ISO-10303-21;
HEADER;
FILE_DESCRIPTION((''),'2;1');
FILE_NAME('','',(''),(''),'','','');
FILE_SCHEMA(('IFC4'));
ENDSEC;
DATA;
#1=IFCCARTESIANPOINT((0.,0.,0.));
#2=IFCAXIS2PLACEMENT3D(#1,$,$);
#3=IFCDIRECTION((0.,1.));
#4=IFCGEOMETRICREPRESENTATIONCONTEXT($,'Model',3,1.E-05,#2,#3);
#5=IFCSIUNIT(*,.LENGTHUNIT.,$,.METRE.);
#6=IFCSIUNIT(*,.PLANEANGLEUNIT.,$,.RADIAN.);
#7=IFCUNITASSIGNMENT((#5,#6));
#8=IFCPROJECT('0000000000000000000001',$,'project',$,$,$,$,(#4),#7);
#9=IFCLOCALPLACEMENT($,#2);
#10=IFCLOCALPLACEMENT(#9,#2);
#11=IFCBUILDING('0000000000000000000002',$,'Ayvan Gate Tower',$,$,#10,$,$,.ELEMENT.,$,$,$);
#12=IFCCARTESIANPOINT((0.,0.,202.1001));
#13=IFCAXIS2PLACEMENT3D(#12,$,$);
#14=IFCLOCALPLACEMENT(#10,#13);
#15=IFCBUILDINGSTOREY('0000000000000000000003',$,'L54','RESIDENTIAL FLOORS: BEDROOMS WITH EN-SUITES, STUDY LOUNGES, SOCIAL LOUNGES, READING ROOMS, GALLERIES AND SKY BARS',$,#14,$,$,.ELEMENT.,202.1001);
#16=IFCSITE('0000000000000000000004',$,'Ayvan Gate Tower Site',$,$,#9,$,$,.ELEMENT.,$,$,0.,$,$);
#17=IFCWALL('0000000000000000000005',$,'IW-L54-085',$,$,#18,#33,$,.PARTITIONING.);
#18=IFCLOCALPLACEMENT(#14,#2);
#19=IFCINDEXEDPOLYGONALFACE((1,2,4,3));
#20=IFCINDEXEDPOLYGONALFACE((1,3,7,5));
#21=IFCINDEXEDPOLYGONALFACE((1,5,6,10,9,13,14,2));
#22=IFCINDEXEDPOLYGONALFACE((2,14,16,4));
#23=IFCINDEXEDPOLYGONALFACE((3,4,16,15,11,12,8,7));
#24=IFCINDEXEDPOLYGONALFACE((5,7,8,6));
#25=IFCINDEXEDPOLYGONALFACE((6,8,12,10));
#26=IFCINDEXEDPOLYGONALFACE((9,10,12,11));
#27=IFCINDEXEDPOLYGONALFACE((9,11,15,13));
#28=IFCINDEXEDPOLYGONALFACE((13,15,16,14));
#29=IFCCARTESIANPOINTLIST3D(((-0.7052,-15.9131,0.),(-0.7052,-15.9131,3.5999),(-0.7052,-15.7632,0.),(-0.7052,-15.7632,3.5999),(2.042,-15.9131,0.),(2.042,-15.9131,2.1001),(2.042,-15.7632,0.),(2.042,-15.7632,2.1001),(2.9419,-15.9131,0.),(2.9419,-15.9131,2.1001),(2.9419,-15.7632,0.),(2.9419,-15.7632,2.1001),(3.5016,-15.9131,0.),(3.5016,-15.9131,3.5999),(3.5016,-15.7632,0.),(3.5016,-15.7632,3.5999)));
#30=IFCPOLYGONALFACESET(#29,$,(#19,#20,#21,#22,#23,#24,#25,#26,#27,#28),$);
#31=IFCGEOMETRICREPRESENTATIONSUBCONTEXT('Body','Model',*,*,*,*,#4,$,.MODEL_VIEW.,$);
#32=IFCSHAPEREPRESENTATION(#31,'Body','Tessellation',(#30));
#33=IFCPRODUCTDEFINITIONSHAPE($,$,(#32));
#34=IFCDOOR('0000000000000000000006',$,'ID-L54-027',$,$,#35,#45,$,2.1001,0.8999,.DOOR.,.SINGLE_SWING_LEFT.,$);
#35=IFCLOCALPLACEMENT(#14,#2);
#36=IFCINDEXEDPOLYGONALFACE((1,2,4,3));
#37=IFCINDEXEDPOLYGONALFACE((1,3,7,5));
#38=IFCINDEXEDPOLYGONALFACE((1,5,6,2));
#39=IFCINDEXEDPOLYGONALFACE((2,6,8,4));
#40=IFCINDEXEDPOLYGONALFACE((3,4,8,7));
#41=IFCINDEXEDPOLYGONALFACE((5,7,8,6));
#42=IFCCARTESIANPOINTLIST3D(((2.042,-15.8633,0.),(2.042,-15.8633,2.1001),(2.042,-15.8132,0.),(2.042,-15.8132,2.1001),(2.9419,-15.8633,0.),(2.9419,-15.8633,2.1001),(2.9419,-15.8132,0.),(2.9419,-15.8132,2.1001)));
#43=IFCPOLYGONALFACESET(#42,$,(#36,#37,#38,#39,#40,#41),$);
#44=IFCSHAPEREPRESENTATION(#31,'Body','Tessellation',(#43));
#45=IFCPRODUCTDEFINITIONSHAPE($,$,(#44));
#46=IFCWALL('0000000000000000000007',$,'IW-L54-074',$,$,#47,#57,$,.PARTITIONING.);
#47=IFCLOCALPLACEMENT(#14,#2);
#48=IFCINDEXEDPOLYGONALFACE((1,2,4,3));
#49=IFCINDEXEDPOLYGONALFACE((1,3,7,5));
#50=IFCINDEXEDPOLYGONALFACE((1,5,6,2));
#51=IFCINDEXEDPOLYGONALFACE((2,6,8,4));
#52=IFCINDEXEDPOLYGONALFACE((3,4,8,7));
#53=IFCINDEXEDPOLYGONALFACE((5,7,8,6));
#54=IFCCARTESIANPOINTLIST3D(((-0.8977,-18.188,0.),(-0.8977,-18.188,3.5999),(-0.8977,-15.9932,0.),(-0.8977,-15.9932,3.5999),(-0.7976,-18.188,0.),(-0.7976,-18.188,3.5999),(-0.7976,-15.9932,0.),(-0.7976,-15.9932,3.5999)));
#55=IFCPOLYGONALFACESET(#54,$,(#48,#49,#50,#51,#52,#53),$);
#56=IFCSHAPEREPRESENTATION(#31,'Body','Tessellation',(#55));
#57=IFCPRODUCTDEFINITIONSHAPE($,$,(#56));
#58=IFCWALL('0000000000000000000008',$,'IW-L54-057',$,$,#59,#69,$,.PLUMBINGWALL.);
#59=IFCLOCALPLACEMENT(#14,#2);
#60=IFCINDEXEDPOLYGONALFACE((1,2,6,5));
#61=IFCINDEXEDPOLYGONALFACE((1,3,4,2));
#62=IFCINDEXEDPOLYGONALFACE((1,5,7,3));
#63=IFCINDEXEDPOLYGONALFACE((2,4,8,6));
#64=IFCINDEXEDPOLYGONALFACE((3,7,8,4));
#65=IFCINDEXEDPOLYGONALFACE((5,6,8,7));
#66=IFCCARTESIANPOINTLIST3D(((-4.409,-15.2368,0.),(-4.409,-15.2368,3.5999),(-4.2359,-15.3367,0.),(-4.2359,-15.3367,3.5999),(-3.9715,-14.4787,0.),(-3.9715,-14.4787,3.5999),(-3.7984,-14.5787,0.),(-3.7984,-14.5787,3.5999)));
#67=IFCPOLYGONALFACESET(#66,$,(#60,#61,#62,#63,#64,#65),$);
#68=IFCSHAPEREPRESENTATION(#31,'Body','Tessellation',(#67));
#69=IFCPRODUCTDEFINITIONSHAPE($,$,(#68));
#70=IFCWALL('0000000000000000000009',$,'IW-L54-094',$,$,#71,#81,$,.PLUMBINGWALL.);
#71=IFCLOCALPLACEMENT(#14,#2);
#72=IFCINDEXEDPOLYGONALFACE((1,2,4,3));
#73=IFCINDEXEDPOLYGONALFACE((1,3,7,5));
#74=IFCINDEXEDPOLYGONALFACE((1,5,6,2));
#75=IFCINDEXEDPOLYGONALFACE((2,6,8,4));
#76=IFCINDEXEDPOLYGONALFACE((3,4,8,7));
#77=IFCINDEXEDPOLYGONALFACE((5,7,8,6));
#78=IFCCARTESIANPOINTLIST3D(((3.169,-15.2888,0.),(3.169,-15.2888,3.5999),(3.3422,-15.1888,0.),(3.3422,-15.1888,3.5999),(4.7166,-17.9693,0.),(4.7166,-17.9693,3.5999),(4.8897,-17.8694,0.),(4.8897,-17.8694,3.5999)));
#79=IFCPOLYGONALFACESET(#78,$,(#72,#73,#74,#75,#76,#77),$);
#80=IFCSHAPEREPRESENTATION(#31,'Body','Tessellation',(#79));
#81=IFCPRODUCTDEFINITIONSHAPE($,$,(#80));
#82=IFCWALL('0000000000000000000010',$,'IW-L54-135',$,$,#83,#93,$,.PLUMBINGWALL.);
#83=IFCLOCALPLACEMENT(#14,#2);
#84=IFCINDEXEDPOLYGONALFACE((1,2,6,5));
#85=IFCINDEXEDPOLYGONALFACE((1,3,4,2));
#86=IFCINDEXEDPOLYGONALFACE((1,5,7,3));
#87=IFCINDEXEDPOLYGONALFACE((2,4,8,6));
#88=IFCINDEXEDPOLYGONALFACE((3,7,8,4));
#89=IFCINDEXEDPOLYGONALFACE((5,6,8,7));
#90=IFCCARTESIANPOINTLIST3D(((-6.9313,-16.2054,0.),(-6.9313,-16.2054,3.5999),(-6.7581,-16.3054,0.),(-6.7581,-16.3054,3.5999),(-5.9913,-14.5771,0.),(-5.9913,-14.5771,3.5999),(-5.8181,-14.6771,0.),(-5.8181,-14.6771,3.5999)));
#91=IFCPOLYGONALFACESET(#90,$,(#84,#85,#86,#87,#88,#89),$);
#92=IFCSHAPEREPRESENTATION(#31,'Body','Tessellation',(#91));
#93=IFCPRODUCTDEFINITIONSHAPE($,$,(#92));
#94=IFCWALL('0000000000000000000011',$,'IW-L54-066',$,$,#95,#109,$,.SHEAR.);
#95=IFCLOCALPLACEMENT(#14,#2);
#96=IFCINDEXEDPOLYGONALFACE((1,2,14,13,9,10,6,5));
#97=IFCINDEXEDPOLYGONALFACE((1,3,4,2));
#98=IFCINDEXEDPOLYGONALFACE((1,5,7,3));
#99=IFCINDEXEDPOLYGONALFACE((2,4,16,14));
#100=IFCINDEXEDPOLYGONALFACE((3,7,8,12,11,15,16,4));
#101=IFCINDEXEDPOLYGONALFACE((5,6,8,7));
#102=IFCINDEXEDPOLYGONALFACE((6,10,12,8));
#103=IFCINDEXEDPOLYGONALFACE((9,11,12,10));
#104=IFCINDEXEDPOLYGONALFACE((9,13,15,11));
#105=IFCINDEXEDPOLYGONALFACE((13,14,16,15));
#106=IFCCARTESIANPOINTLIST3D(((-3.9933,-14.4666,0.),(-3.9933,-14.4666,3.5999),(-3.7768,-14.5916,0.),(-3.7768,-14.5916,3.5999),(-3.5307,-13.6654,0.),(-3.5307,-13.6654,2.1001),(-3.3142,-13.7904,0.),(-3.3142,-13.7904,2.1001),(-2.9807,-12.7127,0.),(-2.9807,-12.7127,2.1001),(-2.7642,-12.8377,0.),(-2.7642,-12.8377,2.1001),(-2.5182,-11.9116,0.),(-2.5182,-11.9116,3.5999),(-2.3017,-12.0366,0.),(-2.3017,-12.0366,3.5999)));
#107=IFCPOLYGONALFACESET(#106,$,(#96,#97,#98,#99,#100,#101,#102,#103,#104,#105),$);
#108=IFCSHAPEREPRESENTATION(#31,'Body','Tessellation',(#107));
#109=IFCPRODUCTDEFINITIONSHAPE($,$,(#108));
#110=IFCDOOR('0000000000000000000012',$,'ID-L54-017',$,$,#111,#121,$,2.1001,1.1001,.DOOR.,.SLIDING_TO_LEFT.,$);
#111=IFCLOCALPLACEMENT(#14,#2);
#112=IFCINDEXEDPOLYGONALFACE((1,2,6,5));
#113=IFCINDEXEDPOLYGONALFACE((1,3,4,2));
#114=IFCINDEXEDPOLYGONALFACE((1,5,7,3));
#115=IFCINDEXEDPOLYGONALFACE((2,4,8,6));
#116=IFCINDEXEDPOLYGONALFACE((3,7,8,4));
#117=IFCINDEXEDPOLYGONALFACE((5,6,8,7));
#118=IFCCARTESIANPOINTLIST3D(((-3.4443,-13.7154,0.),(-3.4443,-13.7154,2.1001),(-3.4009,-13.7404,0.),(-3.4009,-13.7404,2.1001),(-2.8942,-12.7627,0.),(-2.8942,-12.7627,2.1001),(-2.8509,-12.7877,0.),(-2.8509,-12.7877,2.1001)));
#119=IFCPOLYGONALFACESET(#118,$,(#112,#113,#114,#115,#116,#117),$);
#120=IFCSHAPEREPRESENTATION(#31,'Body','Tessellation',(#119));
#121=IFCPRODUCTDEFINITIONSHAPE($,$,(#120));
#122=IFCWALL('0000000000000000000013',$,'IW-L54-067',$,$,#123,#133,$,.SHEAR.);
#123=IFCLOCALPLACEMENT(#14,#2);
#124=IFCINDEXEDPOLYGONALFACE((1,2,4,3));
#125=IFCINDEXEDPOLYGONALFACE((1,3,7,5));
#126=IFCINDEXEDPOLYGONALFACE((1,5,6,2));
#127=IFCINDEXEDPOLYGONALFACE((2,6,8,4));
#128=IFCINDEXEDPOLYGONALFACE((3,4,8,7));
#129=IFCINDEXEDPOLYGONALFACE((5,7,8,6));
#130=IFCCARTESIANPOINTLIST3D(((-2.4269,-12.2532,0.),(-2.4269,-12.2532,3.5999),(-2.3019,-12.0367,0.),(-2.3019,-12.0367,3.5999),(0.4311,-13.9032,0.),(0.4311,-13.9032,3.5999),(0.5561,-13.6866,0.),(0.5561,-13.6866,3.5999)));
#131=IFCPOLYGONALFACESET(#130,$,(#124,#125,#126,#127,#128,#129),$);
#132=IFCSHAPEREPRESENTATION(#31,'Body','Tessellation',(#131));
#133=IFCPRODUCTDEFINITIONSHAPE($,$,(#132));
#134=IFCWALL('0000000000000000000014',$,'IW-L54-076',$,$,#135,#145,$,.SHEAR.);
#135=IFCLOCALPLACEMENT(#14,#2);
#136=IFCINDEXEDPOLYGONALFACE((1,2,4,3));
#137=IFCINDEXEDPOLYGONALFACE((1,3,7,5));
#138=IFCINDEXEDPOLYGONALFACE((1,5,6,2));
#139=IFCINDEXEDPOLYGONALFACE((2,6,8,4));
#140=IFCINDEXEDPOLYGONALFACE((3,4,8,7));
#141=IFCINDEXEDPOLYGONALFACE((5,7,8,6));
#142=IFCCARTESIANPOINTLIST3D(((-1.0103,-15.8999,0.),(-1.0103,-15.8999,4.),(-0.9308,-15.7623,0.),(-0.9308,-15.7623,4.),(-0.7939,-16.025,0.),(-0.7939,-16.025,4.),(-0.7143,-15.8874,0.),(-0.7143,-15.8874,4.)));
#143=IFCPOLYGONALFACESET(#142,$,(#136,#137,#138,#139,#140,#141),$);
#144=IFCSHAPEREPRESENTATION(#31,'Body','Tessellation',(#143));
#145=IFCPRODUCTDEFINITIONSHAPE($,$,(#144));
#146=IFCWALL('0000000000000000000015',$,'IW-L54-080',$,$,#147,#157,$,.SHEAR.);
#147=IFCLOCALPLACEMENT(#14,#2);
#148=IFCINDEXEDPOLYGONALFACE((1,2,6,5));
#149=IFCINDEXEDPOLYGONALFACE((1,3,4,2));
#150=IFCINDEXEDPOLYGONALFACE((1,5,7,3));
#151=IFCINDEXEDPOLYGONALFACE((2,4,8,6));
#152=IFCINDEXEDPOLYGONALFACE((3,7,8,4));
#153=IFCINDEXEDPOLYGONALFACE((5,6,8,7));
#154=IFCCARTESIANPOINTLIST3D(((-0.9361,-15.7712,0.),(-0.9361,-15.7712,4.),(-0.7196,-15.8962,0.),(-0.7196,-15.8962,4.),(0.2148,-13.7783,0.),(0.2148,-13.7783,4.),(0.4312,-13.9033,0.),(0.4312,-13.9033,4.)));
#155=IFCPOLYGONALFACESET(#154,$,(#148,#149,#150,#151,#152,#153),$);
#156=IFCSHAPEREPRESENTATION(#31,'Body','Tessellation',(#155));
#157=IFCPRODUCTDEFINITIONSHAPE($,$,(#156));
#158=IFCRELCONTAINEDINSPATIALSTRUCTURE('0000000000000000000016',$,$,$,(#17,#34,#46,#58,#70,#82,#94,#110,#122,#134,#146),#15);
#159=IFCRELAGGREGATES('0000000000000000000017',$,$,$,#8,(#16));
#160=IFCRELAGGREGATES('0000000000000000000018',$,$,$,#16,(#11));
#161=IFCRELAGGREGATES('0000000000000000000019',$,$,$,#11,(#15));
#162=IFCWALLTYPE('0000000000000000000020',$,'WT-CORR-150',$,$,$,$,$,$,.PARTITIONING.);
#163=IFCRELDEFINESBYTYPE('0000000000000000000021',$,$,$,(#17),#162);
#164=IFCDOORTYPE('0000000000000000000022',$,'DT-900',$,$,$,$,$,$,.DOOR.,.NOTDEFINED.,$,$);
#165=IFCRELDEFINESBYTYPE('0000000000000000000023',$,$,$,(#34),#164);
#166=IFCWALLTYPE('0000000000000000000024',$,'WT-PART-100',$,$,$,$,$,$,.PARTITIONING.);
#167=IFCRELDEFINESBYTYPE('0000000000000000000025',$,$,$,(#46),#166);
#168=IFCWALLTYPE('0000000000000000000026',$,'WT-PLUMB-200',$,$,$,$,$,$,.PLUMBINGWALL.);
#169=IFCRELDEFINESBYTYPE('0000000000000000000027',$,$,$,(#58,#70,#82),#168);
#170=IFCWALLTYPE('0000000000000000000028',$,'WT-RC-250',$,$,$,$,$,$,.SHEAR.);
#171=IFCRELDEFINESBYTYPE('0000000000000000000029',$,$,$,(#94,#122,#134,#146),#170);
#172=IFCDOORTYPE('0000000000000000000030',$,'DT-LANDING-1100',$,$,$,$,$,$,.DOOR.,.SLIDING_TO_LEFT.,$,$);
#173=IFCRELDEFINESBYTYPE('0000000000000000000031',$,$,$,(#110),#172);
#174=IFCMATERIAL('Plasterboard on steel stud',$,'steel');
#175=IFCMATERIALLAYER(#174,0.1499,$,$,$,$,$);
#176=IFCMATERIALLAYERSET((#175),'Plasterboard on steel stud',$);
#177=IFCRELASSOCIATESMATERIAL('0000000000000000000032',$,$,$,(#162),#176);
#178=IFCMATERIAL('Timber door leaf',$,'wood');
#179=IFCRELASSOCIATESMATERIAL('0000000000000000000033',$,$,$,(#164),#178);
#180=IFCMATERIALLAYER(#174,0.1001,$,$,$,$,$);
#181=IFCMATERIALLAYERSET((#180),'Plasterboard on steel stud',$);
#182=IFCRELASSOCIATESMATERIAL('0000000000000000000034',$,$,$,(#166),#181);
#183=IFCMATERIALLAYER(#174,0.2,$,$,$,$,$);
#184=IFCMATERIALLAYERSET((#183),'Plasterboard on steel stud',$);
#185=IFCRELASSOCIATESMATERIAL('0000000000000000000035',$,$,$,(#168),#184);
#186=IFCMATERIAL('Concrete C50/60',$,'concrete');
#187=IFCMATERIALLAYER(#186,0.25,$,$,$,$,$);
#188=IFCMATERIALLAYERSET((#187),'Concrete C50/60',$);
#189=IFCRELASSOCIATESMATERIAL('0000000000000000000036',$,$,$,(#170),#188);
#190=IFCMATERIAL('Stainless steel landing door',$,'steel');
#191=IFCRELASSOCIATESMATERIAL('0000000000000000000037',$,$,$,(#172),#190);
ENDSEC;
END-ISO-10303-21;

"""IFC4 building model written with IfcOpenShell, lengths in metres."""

from ifc_helpers import new_model, si_unit, direction, frame, frame_2d, origin, place, context, subcontext, project, spatial, rectangle, extrude, material, layer, layer_set, type_object, element, fill, save


model = new_model("IFC4")

# Units and contexts
model_context = context("Model", 3, precision=1e-05, world=origin(), true_north=direction((0.0, 1.0)))
body_context = subcontext(model_context, "Body", "Model", "MODEL_VIEW")
ifc_project = project(units=[si_unit("LENGTHUNIT", "METRE"), si_unit("PLANEANGLEUNIT", "RADIAN")], contexts=[model_context])

# Site, building, storey
site_placement = place(None, origin())
site = spatial("IfcSite", under=ifc_project, at=site_placement, Name="Ayvan Gate Tower Site", CompositionType="ELEMENT", RefElevation=0.0)
building_placement = place(site_placement, origin())
building = spatial("IfcBuilding", under=site, at=building_placement, Name="Ayvan Gate Tower", CompositionType="ELEMENT")
storey_placement = place(building_placement, frame((0.0, 0.0, 202.1001)))
storey = spatial("IfcBuildingStorey", under=building, at=storey_placement, Name="L54", Description="RESIDENTIAL FLOORS: BEDROOMS WITH EN-SUITES, STUDY LOUNGES, SOCIAL LOUNGES, READING ROOMS, GALLERIES AND SKY BARS", CompositionType="ELEMENT", Elevation=202.1001)

# Wall, opening, door
ifc_material_1 = material(Name="Plasterboard on steel stud", Category="steel")
ifc_layer_1 = layer(ifc_material_1, 0.1499)
ifc_layer_set_1 = layer_set([ifc_layer_1], Name="Plasterboard on steel stud")
wall_type_1 = type_object("IfcWallType", Name="WT-CORR-150", PredefinedType="PARTITIONING", material=ifc_layer_set_1)
wall_1_placement = place(storey_placement, frame((-0.7053, -15.8381, 0.0), z_axis=(0.0, 0.0, 1.0), x_axis=(1.0, 0.0, 0.0)))
wall_1 = element("IfcWall", 1, at=wall_1_placement, inside=storey, type_object=wall_type_1, Name="IW-L54-085", PredefinedType="PARTITIONING", context=body_context, shape_type="SweptSolid", body=[
    extrude(rectangle(XDim=4.2068, YDim=0.1499, at=frame_2d((2.1035, 0.0))), origin(), (0.0, 0.0, 1.0), 3.5999),
])
opening_1_placement = place(wall_1_placement, frame((2.7473, 0.0, 0.0)))
opening_1 = element("IfcOpeningElement", 2, at=opening_1_placement, cuts=wall_1, PredefinedType="OPENING", context=body_context, shape_type="SweptSolid", body=[
    extrude(rectangle(XDim=0.8999, YDim=2.1001, at=frame_2d((0.45, 1.05))), frame((0.0, 0.085, 0.0), z_axis=(0.0, -1.0, 0.0), x_axis=(1.0, 0.0, 0.0)), (0.0, 0.0, 1.0), 0.1699),
])
ifc_material_2 = material(Name="Timber door leaf", Category="wood")
door_type_1 = type_object("IfcDoorType", Name="DT-900", OperationType="NOTDEFINED", PredefinedType="DOOR", material=ifc_material_2)
door_1_placement = place(opening_1_placement, origin())
door_1 = element("IfcDoor", 3, at=door_1_placement, inside=storey, type_object=door_type_1, Name="ID-L54-027", OperationType="SINGLE_SWING_LEFT", OverallHeight=2.1001, OverallWidth=0.8999, PredefinedType="DOOR", context=body_context, shape_type="SweptSolid", body=[
    extrude(rectangle(XDim=0.8999, YDim=2.1001, at=frame_2d((0.45, 1.05))), frame((0.0, 0.0249, 0.0), z_axis=(0.0, -1.0, 0.0), x_axis=(1.0, 0.0, 0.0)), (0.0, 0.0, 1.0), 0.05),
])
fill(opening_1, door_1)

# Walls
ifc_layer_2 = layer(ifc_material_1, 0.1001)
ifc_layer_set_2 = layer_set([ifc_layer_2], Name="Plasterboard on steel stud")
wall_type_2 = type_object("IfcWallType", Name="WT-PART-100", PredefinedType="PARTITIONING", material=ifc_layer_set_2)
wall_2_placement = place(storey_placement, frame((-0.8477, -15.9932, 0.0), z_axis=(0.0, 0.0, 1.0), x_axis=(0.0, -1.0, 0.0)))
element("IfcWall", 4, at=wall_2_placement, inside=storey, type_object=wall_type_2, Name="IW-L54-074", PredefinedType="PARTITIONING", context=body_context, shape_type="SweptSolid", body=[
    extrude(rectangle(XDim=2.1948, YDim=0.1001, at=frame_2d((1.0974, 0.0))), origin(), (0.0, 0.0, 1.0), 3.5999),
])
ifc_layer_3 = layer(ifc_material_1, 0.2)
ifc_layer_set_3 = layer_set([ifc_layer_3], Name="Plasterboard on steel stud")
wall_type_3 = type_object("IfcWallType", Name="WT-PLUMB-200", PredefinedType="PLUMBINGWALL", material=ifc_layer_set_3)
wall_3_placement = place(storey_placement, frame((-3.885, -14.5288, 0.0), z_axis=(0.0, 0.0, 1.0), x_axis=(-0.499859, -0.866107, 0.0)))
element("IfcWall", 5, at=wall_3_placement, inside=storey, type_object=wall_type_3, Name="IW-L54-057", PredefinedType="PLUMBINGWALL", context=body_context, shape_type="SweptSolid", body=[
    extrude(rectangle(XDim=0.8752, YDim=0.2, at=frame_2d((0.4375, 0.0))), origin(), (0.0, 0.0, 1.0), 3.5999),
])
wall_4_placement = place(storey_placement, frame((3.2556, -15.2388, 0.0), z_axis=(0.0, 0.0, 1.0), x_axis=(0.499982, -0.866036, 0.0)))
element("IfcWall", 6, at=wall_4_placement, inside=storey, type_object=wall_type_3, Name="IW-L54-094", PredefinedType="PLUMBINGWALL", context=body_context, shape_type="SweptSolid", body=[
    extrude(rectangle(XDim=3.0952, YDim=0.2, at=frame_2d((1.5476, 0.0))), origin(), (0.0, 0.0, 1.0), 3.5999),
])
wall_5_placement = place(storey_placement, frame((-5.9048, -14.6272, 0.0), z_axis=(0.0, 0.0, 1.0), x_axis=(-0.499966, -0.866045, 0.0)))
element("IfcWall", 7, at=wall_5_placement, inside=storey, type_object=wall_type_3, Name="IW-L54-135", PredefinedType="PLUMBINGWALL", context=body_context, shape_type="SweptSolid", body=[
    extrude(rectangle(XDim=1.8801, YDim=0.2, at=frame_2d((0.9399, 0.0))), origin(), (0.0, 0.0, 1.0), 3.5999),
])

# Wall, opening, door
ifc_material_3 = material(Name="Concrete C50/60", Category="concrete")
ifc_layer_4 = layer(ifc_material_3, 0.25)
ifc_layer_set_4 = layer_set([ifc_layer_4], Name="Concrete C50/60")
wall_type_4 = type_object("IfcWallType", Name="WT-RC-250", PredefinedType="SHEAR", material=ifc_layer_set_4)
wall_6_placement = place(storey_placement, frame((-2.4099, -11.9741, 0.0), z_axis=(0.0, 0.0, 1.0), x_axis=(-0.500002, -0.866024, 0.0)))
wall_6 = element("IfcWall", 8, at=wall_6_placement, inside=storey, type_object=wall_type_4, Name="IW-L54-066", PredefinedType="SHEAR", context=body_context, shape_type="SweptSolid", body=[
    extrude(rectangle(XDim=2.9502, YDim=0.25, at=frame_2d((1.4751, 0.0))), origin(), (0.0, 0.0, 1.0), 3.5999),
])
opening_2_placement = place(wall_6_placement, frame((0.925, 0.0, 0.0)))
opening_2 = element("IfcOpeningElement", 9, at=opening_2_placement, cuts=wall_6, PredefinedType="OPENING", context=body_context, shape_type="SweptSolid", body=[
    extrude(rectangle(XDim=1.1001, YDim=2.1001, at=frame_2d((0.55, 1.05))), frame((0.0, 0.135, 0.0), z_axis=(0.0, -1.0, 0.0), x_axis=(1.0, 0.0, 0.0)), (0.0, 0.0, 1.0), 0.27),
])
ifc_material_4 = material(Name="Stainless steel landing door", Category="steel")
door_type_2 = type_object("IfcDoorType", Name="DT-LANDING-1100", OperationType="SLIDING_TO_LEFT", PredefinedType="DOOR", material=ifc_material_4)
door_2_placement = place(opening_2_placement, origin())
door_2 = element("IfcDoor", 10, at=door_2_placement, inside=storey, type_object=door_type_2, Name="ID-L54-017", OperationType="SLIDING_TO_LEFT", OverallHeight=2.1001, OverallWidth=1.1001, PredefinedType="DOOR", context=body_context, shape_type="SweptSolid", body=[
    extrude(rectangle(XDim=1.1001, YDim=2.1001, at=frame_2d((0.55, 1.05))), frame((0.0, 0.0249, 0.0), z_axis=(0.0, -1.0, 0.0), x_axis=(1.0, 0.0, 0.0)), (0.0, 0.0, 1.0), 0.05),
])
fill(opening_2, door_2)

# Walls
wall_7_placement = place(storey_placement, frame((-2.3643, -12.145, 0.0), z_axis=(0.0, 0.0, 1.0), x_axis=(0.86604, -0.499974, 0.0)))
element("IfcWall", 11, at=wall_7_placement, inside=storey, type_object=wall_type_4, Name="IW-L54-067", PredefinedType="SHEAR", context=body_context, shape_type="SweptSolid", body=[
    extrude(rectangle(XDim=3.3, YDim=0.25, at=frame_2d((1.6499, 0.0))), origin(), (0.0, 0.0, 1.0), 3.5999),
])
wall_8_placement = place(storey_placement, frame((-0.8225, -15.8247, 0.0), z_axis=(0.0, 0.0, 1.0), x_axis=(-0.500431, -0.865776, 0.0)))
element("IfcWall", 12, at=wall_8_placement, inside=storey, type_object=wall_type_4, Name="IW-L54-076", PredefinedType="SHEAR", context=body_context, shape_type="SweptSolid", body=[
    extrude(rectangle(XDim=0.1589, YDim=0.25, at=frame_2d((0.0796, 0.0))), origin(), (0.0, 0.0, 1.0), 4.0),
])
wall_9_placement = place(storey_placement, frame((0.323, -13.8408, 0.0), z_axis=(0.0, 0.0, 1.0), x_axis=(-0.500087, -0.865975, 0.0)))
element("IfcWall", 13, at=wall_9_placement, inside=storey, type_object=wall_type_4, Name="IW-L54-080", PredefinedType="SHEAR", context=body_context, shape_type="SweptSolid", body=[
    extrude(rectangle(XDim=2.3013, YDim=0.25, at=frame_2d((1.1506, 0.0))), origin(), (0.0, 0.0, 1.0), 4.0),
])

save(model, "model.ifc")
